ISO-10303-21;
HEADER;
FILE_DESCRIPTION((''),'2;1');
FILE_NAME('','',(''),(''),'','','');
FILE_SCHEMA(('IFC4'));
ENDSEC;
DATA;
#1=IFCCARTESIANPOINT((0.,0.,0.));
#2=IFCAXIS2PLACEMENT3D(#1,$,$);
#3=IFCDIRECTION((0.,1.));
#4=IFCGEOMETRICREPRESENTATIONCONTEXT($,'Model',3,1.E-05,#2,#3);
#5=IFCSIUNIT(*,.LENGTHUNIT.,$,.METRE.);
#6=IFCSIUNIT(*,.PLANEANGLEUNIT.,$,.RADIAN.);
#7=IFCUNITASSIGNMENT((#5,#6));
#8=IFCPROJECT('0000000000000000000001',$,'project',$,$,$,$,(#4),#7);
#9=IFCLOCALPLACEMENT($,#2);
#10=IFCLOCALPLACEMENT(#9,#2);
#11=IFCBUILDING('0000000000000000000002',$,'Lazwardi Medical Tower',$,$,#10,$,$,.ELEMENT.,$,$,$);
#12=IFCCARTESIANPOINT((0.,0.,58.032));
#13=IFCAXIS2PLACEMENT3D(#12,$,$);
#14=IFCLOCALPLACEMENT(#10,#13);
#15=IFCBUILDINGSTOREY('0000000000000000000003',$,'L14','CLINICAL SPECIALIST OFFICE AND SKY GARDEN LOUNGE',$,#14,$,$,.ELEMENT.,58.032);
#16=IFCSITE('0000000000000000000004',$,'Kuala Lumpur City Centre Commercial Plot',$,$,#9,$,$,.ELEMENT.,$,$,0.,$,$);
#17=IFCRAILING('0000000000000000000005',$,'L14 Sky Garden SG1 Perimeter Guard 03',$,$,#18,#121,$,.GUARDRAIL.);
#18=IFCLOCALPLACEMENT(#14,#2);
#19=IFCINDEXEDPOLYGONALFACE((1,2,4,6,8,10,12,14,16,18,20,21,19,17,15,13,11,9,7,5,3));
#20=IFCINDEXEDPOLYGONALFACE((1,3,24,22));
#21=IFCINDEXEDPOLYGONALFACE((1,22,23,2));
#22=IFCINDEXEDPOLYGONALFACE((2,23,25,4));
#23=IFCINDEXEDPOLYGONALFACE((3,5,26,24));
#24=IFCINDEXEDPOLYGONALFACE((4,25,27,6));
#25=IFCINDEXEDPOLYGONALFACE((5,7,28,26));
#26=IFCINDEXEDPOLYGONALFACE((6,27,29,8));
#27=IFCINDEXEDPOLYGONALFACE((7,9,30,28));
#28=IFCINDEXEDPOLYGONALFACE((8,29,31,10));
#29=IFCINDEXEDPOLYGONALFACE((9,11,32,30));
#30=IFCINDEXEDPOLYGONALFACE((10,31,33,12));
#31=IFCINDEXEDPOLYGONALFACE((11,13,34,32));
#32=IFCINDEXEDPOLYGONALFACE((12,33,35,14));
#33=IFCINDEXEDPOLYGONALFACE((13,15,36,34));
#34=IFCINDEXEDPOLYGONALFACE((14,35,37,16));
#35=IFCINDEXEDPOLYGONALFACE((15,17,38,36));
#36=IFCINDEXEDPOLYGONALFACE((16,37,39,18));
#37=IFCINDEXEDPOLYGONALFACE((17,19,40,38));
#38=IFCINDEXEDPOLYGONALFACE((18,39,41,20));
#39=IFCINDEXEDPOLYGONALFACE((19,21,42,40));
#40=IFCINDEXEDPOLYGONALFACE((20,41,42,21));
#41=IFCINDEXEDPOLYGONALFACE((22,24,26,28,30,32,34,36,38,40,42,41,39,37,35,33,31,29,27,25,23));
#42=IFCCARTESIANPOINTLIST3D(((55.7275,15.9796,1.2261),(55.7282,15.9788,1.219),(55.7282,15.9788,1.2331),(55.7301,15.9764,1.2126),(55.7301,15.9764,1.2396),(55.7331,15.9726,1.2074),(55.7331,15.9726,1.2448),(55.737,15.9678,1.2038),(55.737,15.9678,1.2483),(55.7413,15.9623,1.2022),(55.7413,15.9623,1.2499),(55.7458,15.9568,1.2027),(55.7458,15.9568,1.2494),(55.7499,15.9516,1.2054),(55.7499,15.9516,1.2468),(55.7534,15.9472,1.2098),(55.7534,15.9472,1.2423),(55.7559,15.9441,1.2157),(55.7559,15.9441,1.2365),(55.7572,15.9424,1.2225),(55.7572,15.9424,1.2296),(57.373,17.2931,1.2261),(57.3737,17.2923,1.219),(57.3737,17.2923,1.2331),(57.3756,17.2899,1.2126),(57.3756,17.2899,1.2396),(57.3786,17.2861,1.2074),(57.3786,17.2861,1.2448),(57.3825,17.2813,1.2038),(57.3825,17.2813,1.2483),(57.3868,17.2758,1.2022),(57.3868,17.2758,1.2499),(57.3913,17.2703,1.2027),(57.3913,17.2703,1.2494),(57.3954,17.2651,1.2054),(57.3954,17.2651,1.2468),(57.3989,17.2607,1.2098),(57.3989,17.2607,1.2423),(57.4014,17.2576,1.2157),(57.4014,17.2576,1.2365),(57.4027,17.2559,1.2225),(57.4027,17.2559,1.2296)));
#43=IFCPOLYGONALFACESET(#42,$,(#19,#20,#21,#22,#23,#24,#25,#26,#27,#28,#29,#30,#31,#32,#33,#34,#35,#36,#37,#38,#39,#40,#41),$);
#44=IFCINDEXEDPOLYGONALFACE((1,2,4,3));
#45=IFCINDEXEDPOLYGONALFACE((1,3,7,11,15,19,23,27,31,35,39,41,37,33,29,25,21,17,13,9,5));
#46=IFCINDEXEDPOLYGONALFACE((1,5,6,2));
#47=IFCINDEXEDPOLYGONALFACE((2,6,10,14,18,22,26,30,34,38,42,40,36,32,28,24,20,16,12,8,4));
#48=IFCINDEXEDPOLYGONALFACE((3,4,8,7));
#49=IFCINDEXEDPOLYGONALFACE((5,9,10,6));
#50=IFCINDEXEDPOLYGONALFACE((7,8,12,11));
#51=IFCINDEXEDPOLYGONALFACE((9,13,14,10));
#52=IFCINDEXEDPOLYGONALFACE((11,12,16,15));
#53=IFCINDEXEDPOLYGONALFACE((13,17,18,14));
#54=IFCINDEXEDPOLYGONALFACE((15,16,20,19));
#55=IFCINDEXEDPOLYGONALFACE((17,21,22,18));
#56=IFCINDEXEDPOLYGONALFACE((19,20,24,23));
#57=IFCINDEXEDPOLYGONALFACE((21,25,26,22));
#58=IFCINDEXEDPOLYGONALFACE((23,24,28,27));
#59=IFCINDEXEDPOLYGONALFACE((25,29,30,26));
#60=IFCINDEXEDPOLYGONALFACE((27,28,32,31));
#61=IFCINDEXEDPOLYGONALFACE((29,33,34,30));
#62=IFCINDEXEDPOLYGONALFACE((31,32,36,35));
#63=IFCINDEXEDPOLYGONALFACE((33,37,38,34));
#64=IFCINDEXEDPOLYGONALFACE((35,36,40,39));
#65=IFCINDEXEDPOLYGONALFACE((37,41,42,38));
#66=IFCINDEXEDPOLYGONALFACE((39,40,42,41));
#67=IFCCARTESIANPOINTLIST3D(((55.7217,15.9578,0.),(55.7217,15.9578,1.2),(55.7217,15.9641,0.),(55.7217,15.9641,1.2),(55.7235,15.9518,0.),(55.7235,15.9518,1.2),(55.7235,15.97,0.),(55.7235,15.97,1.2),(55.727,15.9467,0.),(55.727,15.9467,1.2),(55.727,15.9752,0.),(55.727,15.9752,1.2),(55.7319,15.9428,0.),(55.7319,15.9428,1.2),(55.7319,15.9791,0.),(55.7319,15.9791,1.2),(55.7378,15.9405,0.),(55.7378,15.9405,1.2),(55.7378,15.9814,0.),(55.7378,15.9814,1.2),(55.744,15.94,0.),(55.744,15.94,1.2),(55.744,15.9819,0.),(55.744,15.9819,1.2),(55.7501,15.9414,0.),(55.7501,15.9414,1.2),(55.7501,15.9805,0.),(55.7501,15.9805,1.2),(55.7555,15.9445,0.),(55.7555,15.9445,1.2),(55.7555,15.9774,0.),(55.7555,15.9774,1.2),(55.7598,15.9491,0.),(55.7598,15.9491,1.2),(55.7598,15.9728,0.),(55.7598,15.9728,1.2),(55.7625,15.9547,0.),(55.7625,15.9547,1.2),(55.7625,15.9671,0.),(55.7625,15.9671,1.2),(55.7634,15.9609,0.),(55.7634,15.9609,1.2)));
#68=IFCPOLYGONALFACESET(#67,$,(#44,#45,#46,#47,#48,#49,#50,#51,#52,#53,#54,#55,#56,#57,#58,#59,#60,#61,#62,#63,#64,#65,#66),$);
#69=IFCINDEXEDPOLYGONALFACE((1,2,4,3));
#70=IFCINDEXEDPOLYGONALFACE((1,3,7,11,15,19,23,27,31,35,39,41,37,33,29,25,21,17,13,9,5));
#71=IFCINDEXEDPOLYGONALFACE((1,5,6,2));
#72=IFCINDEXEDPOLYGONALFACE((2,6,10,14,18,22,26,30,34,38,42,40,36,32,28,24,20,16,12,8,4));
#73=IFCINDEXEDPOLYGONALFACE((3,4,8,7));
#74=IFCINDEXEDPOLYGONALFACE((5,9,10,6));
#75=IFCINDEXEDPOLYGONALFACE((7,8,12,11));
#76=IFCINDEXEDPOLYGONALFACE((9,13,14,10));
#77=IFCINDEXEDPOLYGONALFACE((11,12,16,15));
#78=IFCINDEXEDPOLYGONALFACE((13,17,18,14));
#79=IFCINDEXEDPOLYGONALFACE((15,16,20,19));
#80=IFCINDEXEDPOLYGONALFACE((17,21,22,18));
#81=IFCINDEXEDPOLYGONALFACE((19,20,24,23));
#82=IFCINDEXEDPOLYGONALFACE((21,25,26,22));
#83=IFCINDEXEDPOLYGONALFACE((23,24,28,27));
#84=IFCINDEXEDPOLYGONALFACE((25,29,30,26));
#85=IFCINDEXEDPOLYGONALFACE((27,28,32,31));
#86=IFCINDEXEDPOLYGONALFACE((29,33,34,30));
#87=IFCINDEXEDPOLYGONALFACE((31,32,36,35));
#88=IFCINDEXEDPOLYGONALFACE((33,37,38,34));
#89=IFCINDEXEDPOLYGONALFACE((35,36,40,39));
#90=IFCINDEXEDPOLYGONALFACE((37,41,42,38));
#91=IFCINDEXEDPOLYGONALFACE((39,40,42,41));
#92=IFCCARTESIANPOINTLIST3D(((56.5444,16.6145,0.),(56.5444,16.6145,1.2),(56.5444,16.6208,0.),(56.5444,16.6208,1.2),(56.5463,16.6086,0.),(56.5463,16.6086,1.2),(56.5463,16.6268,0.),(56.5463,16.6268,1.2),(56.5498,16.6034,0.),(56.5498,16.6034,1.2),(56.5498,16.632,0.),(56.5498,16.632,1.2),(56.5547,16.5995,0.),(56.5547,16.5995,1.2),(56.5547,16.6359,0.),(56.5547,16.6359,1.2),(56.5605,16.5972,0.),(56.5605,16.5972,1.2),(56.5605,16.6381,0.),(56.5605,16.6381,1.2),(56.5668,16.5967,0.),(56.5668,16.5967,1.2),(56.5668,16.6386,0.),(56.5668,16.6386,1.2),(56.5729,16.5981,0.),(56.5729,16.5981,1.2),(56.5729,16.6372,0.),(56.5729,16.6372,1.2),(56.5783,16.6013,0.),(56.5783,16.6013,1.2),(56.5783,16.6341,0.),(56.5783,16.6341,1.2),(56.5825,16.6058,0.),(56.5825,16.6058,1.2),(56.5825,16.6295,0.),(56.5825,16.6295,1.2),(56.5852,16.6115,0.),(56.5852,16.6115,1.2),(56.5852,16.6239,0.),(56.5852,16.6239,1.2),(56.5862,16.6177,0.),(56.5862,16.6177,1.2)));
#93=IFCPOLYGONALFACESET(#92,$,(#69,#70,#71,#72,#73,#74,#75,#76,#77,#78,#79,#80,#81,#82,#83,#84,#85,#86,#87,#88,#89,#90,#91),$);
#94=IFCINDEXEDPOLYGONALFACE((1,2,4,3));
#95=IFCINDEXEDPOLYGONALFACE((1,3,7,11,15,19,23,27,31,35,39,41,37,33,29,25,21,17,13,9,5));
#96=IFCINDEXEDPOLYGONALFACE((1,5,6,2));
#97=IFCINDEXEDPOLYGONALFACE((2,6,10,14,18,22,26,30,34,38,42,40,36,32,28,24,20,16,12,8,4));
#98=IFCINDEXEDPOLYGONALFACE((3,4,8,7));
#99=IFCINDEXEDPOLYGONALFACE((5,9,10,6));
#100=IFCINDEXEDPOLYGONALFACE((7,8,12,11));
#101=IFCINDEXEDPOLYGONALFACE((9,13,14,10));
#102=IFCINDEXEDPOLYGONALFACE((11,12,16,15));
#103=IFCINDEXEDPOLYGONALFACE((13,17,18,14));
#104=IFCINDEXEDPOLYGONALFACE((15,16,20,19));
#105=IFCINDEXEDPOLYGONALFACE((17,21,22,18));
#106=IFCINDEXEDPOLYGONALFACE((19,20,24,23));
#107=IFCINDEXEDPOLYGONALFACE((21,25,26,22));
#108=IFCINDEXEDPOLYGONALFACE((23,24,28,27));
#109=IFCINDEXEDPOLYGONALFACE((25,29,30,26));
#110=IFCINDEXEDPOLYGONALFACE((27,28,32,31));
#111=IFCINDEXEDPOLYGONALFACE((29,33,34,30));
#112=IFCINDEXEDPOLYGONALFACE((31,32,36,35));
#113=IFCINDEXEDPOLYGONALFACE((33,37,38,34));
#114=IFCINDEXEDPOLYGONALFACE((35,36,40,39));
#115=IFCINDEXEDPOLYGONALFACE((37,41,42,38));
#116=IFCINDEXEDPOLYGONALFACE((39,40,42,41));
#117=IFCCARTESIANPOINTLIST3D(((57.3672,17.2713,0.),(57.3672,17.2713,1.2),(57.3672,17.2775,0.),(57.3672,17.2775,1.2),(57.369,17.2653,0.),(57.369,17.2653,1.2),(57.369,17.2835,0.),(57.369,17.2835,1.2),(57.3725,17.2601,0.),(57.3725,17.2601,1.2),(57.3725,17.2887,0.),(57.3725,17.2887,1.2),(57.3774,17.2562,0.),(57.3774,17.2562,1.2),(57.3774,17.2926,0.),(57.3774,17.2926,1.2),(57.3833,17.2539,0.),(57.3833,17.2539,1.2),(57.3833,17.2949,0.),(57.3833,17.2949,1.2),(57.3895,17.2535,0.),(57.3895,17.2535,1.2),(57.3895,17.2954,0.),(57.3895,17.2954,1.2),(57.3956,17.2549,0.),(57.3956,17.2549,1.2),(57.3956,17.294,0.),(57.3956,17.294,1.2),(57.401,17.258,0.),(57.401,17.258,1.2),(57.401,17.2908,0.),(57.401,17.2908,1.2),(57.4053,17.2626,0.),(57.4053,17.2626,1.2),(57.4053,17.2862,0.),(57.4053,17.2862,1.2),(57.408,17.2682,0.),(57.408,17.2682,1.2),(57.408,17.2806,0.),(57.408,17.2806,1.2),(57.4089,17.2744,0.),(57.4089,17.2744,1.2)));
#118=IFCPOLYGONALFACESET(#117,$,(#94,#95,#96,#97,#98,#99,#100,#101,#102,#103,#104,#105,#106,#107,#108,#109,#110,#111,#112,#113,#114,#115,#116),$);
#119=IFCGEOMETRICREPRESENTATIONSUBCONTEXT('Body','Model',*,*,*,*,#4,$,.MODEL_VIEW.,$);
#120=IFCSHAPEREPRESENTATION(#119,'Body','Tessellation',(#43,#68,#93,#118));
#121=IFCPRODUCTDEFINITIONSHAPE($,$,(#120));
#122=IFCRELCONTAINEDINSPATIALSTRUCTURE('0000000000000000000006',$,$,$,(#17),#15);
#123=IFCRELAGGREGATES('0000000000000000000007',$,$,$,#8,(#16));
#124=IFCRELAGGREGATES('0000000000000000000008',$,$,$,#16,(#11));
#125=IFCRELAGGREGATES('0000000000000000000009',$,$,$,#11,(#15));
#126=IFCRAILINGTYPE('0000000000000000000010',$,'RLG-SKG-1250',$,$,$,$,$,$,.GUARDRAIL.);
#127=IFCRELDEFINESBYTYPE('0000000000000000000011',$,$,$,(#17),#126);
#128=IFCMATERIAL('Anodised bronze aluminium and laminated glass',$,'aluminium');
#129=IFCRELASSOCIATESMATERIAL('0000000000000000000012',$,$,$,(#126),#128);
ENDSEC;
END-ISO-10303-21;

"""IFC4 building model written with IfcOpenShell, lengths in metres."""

from ifc_helpers import new_model, si_unit, direction, frame, origin, origin_2d, place, context, subcontext, project, spatial, circle, extrude, material, type_object, element, save


model = new_model("IFC4")

# Units and contexts
model_context = context("Model", 3, precision=1e-05, world=origin(), true_north=direction((0.0, 1.0)))
body_context = subcontext(model_context, "Body", "Model", "MODEL_VIEW")
ifc_project = project(units=[si_unit("LENGTHUNIT", "METRE"), si_unit("PLANEANGLEUNIT", "RADIAN")], contexts=[model_context])

# Site, building, storey
site_placement = place(None, origin())
site = spatial("IfcSite", under=ifc_project, at=site_placement, Name="Kuala Lumpur City Centre Commercial Plot", CompositionType="ELEMENT", RefElevation=0.0)
building_placement = place(site_placement, origin())
building = spatial("IfcBuilding", under=site, at=building_placement, Name="Lazwardi Medical Tower", CompositionType="ELEMENT")
storey_placement = place(building_placement, frame((0.0, 0.0, 58.032)))
storey = spatial("IfcBuildingStorey", under=building, at=storey_placement, Name="L14", Description="CLINICAL SPECIALIST OFFICE AND SKY GARDEN LOUNGE", CompositionType="ELEMENT", Elevation=58.032)

# Shared definitions
ifc_material_1 = material(Name="Anodised bronze aluminium and laminated glass", Category="aluminium")

# Railing
railing_type = type_object("IfcRailingType", Name="RLG-SKG-1250", PredefinedType="GUARDRAIL", material=ifc_material_1)
railing_1_placement = place(storey_placement, frame((55.7424, 15.9609, 0.0)))
element("IfcRailing", 1, at=railing_1_placement, inside=storey, type_object=railing_type, Name="L14 Sky Garden SG1 Perimeter Guard 03", PredefinedType="GUARDRAIL", context=body_context, shape_type="SweptSolid", body=[
    extrude(circle(Radius=0.0239, at=origin_2d()), frame((0.0, 0.0, 1.2261), z_axis=(0.781547, 0.623846, 0.0), x_axis=(-0.623846, 0.781547, 0.0)), (0.0, 0.0, 1.0), 2.1055),
    extrude(circle(Radius=0.021, at=origin_2d()), origin(), (0.0, 0.0, 1.0), 1.2),
    extrude(circle(Radius=0.021, at=origin_2d()), frame((0.8228, 0.6567, 0.0)), (0.0, 0.0, 1.0), 1.2),
    extrude(circle(Radius=0.021, at=origin_2d()), frame((1.6455, 1.3135, 0.0)), (0.0, 0.0, 1.0), 1.2),
])

save(model, "model.ifc")
